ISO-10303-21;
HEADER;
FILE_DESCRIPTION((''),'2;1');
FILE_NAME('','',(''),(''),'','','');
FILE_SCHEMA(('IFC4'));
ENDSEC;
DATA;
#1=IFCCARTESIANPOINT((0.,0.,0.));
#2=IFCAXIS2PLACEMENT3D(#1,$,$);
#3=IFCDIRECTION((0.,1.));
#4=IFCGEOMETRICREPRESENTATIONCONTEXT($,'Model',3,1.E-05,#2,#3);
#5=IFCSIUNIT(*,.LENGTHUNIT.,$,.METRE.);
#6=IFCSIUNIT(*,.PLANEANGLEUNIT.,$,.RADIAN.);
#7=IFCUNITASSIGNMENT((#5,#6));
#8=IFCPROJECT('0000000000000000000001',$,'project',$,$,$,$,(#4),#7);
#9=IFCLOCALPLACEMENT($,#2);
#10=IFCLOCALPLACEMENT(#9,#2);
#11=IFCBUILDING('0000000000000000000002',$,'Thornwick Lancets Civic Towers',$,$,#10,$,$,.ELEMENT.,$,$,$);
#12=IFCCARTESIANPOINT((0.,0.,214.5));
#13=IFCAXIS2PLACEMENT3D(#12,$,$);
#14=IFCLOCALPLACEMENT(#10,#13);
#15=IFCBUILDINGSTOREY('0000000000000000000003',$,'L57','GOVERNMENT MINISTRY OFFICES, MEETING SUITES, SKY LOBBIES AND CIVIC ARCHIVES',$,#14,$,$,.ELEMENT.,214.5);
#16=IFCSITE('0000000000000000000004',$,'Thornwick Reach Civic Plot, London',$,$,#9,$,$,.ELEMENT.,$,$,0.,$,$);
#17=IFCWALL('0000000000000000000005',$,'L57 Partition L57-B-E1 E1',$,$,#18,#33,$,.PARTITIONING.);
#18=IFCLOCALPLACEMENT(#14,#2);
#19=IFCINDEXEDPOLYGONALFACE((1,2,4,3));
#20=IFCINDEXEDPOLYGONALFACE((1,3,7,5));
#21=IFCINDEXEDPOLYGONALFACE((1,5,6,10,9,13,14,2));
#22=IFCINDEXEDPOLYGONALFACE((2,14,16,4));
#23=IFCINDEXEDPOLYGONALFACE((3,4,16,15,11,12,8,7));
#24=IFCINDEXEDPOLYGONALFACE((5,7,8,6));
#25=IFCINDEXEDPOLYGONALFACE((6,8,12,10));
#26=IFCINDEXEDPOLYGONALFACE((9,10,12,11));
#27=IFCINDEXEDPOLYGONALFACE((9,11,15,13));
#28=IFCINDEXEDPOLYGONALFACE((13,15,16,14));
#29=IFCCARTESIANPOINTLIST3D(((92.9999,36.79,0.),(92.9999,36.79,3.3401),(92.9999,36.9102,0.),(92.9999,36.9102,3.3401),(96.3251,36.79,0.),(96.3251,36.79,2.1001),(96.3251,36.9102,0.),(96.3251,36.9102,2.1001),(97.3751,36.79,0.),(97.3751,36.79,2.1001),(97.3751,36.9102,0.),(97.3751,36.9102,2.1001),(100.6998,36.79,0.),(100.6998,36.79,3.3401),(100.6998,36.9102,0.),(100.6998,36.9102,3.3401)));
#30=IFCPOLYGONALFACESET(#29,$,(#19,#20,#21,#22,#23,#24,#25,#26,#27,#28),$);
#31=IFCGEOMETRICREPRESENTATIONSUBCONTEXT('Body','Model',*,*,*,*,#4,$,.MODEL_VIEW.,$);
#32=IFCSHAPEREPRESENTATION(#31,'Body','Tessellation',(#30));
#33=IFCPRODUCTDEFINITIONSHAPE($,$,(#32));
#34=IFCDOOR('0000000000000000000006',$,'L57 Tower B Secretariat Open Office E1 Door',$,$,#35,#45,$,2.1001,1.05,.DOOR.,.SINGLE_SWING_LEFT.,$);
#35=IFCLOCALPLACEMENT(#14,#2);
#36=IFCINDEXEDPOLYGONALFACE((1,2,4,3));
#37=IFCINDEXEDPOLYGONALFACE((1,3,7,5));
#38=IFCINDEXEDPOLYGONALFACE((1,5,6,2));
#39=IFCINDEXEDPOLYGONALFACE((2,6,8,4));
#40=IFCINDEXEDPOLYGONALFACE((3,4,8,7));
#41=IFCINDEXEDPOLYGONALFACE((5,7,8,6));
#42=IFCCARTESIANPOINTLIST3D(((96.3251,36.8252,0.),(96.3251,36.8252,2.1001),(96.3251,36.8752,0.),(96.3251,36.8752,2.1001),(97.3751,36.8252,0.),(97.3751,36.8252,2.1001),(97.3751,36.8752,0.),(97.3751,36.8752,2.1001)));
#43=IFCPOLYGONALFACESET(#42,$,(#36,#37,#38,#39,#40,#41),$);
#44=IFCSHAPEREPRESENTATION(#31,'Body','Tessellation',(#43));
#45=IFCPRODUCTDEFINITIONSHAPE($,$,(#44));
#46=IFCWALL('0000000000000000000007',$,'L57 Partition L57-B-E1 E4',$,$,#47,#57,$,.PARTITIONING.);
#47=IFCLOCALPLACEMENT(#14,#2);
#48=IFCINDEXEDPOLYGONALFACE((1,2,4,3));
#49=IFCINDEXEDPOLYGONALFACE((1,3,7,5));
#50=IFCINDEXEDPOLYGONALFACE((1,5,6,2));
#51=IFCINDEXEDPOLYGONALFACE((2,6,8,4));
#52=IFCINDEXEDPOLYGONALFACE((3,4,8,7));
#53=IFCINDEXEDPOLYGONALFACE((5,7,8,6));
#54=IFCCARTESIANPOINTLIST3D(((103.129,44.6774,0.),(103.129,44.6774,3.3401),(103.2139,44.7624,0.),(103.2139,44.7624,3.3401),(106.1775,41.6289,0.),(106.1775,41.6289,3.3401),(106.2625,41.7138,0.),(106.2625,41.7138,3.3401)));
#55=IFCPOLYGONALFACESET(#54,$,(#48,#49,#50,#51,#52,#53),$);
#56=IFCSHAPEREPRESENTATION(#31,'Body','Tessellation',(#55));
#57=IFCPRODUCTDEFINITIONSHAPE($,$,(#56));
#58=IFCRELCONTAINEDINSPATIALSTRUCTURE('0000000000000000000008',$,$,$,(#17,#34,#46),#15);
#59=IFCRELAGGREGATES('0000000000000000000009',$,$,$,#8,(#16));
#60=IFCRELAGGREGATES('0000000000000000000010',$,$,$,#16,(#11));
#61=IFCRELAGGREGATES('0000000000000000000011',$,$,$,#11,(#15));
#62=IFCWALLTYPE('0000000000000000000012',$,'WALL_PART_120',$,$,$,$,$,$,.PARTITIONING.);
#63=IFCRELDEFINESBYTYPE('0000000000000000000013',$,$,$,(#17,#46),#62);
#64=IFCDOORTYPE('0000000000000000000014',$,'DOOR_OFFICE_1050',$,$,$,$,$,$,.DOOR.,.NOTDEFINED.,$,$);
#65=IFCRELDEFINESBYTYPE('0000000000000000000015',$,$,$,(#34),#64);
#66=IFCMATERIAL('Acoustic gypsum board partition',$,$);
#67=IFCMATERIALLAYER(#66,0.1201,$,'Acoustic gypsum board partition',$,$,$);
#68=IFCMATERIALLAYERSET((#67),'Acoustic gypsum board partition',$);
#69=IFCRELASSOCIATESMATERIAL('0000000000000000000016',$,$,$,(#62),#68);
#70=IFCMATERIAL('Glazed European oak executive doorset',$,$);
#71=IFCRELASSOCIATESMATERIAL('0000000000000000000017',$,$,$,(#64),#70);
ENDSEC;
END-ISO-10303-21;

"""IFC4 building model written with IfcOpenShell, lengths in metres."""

from ifc_helpers import new_model, si_unit, direction, frame, frame_2d, origin, place, context, subcontext, project, spatial, rectangle, extrude, material, layer, layer_set, type_object, element, fill, save


model = new_model("IFC4")

# Units and contexts
model_context = context("Model", 3, precision=1e-05, world=origin(), true_north=direction((0.0, 1.0)))
body_context = subcontext(model_context, "Body", "Model", "MODEL_VIEW")
ifc_project = project(units=[si_unit("LENGTHUNIT", "METRE"), si_unit("PLANEANGLEUNIT", "RADIAN")], contexts=[model_context])

# Site, building, storey
site_placement = place(None, origin())
site = spatial("IfcSite", under=ifc_project, at=site_placement, Name="Thornwick Reach Civic Plot, London", CompositionType="ELEMENT", RefElevation=0.0)
building_placement = place(site_placement, origin())
building = spatial("IfcBuilding", under=site, at=building_placement, Name="Thornwick Lancets Civic Towers", CompositionType="ELEMENT")
storey_placement = place(building_placement, frame((0.0, 0.0, 214.5)))
storey = spatial("IfcBuildingStorey", under=building, at=storey_placement, Name="L57", Description="GOVERNMENT MINISTRY OFFICES, MEETING SUITES, SKY LOBBIES AND CIVIC ARCHIVES", CompositionType="ELEMENT", Elevation=214.5)

# Shared definitions
ifc_material_1 = material(Name="Acoustic gypsum board partition")
ifc_layer_1 = layer(ifc_material_1, 0.1201, Name="Acoustic gypsum board partition")
ifc_layer_set_1 = layer_set([ifc_layer_1], Name="Acoustic gypsum board partition")
wall_type_1 = type_object("IfcWallType", Name="WALL_PART_120", PredefinedType="PARTITIONING", material=ifc_layer_set_1)

# Wall, opening, door
wall_1_placement = place(storey_placement, frame((100.7, 36.8501, 0.0), z_axis=(0.0, 0.0, 1.0), x_axis=(-1.0, 0.0, 0.0)))
wall_1 = element("IfcWall", 1, at=wall_1_placement, inside=storey, type_object=wall_type_1, Name="L57 Partition L57-B-E1 E1", PredefinedType="PARTITIONING", context=body_context, shape_type="SweptSolid", body=[
    extrude(rectangle(XDim=7.7, YDim=0.1201, at=frame_2d((3.8501, 0.0))), origin(), (0.0, 0.0, 1.0), 3.3401),
])
opening_1_placement = place(wall_1_placement, frame((3.325, 0.0, 0.0)))
opening_1 = element("IfcOpeningElement", 2, at=opening_1_placement, cuts=wall_1, PredefinedType="OPENING", context=body_context, shape_type="SweptSolid", body=[
    extrude(rectangle(XDim=1.05, YDim=2.1001, at=frame_2d((0.5249, 1.05))), frame((0.0, 0.0701, 0.0), z_axis=(0.0, -1.0, 0.0), x_axis=(1.0, 0.0, 0.0)), (0.0, 0.0, 1.0), 0.1401),
])
ifc_material_2 = material(Name="Glazed European oak executive doorset")
door_type = type_object("IfcDoorType", Name="DOOR_OFFICE_1050", OperationType="NOTDEFINED", PredefinedType="DOOR", material=ifc_material_2)
door_placement = place(opening_1_placement, origin())
door = element("IfcDoor", 3, at=door_placement, inside=storey, type_object=door_type, Name="L57 Tower B Secretariat Open Office E1 Door", OperationType="SINGLE_SWING_LEFT", OverallHeight=2.1001, OverallWidth=1.05, PredefinedType="DOOR", context=body_context, shape_type="SweptSolid", body=[
    extrude(rectangle(XDim=1.05, YDim=2.1001, at=frame_2d((0.5249, 1.05))), frame((0.0, 0.0249, 0.0), z_axis=(0.0, -1.0, 0.0), x_axis=(1.0, 0.0, 0.0)), (0.0, 0.0, 1.0), 0.05),
])
fill(opening_1, door)

# Wall
wall_2_placement = place(storey_placement, frame((103.1714, 44.72, 0.0), z_axis=(0.0, 0.0, 1.0), x_axis=(0.707107, -0.707107, 0.0)))
element("IfcWall", 4, at=wall_2_placement, inside=storey, type_object=wall_type_1, Name="L57 Partition L57-B-E1 E4", PredefinedType="PARTITIONING", context=body_context, shape_type="SweptSolid", body=[
    extrude(rectangle(XDim=4.3113, YDim=0.1201, at=frame_2d((2.1558, 0.0))), origin(), (0.0, 0.0, 1.0), 3.3401),
])

save(model, "model.ifc")
